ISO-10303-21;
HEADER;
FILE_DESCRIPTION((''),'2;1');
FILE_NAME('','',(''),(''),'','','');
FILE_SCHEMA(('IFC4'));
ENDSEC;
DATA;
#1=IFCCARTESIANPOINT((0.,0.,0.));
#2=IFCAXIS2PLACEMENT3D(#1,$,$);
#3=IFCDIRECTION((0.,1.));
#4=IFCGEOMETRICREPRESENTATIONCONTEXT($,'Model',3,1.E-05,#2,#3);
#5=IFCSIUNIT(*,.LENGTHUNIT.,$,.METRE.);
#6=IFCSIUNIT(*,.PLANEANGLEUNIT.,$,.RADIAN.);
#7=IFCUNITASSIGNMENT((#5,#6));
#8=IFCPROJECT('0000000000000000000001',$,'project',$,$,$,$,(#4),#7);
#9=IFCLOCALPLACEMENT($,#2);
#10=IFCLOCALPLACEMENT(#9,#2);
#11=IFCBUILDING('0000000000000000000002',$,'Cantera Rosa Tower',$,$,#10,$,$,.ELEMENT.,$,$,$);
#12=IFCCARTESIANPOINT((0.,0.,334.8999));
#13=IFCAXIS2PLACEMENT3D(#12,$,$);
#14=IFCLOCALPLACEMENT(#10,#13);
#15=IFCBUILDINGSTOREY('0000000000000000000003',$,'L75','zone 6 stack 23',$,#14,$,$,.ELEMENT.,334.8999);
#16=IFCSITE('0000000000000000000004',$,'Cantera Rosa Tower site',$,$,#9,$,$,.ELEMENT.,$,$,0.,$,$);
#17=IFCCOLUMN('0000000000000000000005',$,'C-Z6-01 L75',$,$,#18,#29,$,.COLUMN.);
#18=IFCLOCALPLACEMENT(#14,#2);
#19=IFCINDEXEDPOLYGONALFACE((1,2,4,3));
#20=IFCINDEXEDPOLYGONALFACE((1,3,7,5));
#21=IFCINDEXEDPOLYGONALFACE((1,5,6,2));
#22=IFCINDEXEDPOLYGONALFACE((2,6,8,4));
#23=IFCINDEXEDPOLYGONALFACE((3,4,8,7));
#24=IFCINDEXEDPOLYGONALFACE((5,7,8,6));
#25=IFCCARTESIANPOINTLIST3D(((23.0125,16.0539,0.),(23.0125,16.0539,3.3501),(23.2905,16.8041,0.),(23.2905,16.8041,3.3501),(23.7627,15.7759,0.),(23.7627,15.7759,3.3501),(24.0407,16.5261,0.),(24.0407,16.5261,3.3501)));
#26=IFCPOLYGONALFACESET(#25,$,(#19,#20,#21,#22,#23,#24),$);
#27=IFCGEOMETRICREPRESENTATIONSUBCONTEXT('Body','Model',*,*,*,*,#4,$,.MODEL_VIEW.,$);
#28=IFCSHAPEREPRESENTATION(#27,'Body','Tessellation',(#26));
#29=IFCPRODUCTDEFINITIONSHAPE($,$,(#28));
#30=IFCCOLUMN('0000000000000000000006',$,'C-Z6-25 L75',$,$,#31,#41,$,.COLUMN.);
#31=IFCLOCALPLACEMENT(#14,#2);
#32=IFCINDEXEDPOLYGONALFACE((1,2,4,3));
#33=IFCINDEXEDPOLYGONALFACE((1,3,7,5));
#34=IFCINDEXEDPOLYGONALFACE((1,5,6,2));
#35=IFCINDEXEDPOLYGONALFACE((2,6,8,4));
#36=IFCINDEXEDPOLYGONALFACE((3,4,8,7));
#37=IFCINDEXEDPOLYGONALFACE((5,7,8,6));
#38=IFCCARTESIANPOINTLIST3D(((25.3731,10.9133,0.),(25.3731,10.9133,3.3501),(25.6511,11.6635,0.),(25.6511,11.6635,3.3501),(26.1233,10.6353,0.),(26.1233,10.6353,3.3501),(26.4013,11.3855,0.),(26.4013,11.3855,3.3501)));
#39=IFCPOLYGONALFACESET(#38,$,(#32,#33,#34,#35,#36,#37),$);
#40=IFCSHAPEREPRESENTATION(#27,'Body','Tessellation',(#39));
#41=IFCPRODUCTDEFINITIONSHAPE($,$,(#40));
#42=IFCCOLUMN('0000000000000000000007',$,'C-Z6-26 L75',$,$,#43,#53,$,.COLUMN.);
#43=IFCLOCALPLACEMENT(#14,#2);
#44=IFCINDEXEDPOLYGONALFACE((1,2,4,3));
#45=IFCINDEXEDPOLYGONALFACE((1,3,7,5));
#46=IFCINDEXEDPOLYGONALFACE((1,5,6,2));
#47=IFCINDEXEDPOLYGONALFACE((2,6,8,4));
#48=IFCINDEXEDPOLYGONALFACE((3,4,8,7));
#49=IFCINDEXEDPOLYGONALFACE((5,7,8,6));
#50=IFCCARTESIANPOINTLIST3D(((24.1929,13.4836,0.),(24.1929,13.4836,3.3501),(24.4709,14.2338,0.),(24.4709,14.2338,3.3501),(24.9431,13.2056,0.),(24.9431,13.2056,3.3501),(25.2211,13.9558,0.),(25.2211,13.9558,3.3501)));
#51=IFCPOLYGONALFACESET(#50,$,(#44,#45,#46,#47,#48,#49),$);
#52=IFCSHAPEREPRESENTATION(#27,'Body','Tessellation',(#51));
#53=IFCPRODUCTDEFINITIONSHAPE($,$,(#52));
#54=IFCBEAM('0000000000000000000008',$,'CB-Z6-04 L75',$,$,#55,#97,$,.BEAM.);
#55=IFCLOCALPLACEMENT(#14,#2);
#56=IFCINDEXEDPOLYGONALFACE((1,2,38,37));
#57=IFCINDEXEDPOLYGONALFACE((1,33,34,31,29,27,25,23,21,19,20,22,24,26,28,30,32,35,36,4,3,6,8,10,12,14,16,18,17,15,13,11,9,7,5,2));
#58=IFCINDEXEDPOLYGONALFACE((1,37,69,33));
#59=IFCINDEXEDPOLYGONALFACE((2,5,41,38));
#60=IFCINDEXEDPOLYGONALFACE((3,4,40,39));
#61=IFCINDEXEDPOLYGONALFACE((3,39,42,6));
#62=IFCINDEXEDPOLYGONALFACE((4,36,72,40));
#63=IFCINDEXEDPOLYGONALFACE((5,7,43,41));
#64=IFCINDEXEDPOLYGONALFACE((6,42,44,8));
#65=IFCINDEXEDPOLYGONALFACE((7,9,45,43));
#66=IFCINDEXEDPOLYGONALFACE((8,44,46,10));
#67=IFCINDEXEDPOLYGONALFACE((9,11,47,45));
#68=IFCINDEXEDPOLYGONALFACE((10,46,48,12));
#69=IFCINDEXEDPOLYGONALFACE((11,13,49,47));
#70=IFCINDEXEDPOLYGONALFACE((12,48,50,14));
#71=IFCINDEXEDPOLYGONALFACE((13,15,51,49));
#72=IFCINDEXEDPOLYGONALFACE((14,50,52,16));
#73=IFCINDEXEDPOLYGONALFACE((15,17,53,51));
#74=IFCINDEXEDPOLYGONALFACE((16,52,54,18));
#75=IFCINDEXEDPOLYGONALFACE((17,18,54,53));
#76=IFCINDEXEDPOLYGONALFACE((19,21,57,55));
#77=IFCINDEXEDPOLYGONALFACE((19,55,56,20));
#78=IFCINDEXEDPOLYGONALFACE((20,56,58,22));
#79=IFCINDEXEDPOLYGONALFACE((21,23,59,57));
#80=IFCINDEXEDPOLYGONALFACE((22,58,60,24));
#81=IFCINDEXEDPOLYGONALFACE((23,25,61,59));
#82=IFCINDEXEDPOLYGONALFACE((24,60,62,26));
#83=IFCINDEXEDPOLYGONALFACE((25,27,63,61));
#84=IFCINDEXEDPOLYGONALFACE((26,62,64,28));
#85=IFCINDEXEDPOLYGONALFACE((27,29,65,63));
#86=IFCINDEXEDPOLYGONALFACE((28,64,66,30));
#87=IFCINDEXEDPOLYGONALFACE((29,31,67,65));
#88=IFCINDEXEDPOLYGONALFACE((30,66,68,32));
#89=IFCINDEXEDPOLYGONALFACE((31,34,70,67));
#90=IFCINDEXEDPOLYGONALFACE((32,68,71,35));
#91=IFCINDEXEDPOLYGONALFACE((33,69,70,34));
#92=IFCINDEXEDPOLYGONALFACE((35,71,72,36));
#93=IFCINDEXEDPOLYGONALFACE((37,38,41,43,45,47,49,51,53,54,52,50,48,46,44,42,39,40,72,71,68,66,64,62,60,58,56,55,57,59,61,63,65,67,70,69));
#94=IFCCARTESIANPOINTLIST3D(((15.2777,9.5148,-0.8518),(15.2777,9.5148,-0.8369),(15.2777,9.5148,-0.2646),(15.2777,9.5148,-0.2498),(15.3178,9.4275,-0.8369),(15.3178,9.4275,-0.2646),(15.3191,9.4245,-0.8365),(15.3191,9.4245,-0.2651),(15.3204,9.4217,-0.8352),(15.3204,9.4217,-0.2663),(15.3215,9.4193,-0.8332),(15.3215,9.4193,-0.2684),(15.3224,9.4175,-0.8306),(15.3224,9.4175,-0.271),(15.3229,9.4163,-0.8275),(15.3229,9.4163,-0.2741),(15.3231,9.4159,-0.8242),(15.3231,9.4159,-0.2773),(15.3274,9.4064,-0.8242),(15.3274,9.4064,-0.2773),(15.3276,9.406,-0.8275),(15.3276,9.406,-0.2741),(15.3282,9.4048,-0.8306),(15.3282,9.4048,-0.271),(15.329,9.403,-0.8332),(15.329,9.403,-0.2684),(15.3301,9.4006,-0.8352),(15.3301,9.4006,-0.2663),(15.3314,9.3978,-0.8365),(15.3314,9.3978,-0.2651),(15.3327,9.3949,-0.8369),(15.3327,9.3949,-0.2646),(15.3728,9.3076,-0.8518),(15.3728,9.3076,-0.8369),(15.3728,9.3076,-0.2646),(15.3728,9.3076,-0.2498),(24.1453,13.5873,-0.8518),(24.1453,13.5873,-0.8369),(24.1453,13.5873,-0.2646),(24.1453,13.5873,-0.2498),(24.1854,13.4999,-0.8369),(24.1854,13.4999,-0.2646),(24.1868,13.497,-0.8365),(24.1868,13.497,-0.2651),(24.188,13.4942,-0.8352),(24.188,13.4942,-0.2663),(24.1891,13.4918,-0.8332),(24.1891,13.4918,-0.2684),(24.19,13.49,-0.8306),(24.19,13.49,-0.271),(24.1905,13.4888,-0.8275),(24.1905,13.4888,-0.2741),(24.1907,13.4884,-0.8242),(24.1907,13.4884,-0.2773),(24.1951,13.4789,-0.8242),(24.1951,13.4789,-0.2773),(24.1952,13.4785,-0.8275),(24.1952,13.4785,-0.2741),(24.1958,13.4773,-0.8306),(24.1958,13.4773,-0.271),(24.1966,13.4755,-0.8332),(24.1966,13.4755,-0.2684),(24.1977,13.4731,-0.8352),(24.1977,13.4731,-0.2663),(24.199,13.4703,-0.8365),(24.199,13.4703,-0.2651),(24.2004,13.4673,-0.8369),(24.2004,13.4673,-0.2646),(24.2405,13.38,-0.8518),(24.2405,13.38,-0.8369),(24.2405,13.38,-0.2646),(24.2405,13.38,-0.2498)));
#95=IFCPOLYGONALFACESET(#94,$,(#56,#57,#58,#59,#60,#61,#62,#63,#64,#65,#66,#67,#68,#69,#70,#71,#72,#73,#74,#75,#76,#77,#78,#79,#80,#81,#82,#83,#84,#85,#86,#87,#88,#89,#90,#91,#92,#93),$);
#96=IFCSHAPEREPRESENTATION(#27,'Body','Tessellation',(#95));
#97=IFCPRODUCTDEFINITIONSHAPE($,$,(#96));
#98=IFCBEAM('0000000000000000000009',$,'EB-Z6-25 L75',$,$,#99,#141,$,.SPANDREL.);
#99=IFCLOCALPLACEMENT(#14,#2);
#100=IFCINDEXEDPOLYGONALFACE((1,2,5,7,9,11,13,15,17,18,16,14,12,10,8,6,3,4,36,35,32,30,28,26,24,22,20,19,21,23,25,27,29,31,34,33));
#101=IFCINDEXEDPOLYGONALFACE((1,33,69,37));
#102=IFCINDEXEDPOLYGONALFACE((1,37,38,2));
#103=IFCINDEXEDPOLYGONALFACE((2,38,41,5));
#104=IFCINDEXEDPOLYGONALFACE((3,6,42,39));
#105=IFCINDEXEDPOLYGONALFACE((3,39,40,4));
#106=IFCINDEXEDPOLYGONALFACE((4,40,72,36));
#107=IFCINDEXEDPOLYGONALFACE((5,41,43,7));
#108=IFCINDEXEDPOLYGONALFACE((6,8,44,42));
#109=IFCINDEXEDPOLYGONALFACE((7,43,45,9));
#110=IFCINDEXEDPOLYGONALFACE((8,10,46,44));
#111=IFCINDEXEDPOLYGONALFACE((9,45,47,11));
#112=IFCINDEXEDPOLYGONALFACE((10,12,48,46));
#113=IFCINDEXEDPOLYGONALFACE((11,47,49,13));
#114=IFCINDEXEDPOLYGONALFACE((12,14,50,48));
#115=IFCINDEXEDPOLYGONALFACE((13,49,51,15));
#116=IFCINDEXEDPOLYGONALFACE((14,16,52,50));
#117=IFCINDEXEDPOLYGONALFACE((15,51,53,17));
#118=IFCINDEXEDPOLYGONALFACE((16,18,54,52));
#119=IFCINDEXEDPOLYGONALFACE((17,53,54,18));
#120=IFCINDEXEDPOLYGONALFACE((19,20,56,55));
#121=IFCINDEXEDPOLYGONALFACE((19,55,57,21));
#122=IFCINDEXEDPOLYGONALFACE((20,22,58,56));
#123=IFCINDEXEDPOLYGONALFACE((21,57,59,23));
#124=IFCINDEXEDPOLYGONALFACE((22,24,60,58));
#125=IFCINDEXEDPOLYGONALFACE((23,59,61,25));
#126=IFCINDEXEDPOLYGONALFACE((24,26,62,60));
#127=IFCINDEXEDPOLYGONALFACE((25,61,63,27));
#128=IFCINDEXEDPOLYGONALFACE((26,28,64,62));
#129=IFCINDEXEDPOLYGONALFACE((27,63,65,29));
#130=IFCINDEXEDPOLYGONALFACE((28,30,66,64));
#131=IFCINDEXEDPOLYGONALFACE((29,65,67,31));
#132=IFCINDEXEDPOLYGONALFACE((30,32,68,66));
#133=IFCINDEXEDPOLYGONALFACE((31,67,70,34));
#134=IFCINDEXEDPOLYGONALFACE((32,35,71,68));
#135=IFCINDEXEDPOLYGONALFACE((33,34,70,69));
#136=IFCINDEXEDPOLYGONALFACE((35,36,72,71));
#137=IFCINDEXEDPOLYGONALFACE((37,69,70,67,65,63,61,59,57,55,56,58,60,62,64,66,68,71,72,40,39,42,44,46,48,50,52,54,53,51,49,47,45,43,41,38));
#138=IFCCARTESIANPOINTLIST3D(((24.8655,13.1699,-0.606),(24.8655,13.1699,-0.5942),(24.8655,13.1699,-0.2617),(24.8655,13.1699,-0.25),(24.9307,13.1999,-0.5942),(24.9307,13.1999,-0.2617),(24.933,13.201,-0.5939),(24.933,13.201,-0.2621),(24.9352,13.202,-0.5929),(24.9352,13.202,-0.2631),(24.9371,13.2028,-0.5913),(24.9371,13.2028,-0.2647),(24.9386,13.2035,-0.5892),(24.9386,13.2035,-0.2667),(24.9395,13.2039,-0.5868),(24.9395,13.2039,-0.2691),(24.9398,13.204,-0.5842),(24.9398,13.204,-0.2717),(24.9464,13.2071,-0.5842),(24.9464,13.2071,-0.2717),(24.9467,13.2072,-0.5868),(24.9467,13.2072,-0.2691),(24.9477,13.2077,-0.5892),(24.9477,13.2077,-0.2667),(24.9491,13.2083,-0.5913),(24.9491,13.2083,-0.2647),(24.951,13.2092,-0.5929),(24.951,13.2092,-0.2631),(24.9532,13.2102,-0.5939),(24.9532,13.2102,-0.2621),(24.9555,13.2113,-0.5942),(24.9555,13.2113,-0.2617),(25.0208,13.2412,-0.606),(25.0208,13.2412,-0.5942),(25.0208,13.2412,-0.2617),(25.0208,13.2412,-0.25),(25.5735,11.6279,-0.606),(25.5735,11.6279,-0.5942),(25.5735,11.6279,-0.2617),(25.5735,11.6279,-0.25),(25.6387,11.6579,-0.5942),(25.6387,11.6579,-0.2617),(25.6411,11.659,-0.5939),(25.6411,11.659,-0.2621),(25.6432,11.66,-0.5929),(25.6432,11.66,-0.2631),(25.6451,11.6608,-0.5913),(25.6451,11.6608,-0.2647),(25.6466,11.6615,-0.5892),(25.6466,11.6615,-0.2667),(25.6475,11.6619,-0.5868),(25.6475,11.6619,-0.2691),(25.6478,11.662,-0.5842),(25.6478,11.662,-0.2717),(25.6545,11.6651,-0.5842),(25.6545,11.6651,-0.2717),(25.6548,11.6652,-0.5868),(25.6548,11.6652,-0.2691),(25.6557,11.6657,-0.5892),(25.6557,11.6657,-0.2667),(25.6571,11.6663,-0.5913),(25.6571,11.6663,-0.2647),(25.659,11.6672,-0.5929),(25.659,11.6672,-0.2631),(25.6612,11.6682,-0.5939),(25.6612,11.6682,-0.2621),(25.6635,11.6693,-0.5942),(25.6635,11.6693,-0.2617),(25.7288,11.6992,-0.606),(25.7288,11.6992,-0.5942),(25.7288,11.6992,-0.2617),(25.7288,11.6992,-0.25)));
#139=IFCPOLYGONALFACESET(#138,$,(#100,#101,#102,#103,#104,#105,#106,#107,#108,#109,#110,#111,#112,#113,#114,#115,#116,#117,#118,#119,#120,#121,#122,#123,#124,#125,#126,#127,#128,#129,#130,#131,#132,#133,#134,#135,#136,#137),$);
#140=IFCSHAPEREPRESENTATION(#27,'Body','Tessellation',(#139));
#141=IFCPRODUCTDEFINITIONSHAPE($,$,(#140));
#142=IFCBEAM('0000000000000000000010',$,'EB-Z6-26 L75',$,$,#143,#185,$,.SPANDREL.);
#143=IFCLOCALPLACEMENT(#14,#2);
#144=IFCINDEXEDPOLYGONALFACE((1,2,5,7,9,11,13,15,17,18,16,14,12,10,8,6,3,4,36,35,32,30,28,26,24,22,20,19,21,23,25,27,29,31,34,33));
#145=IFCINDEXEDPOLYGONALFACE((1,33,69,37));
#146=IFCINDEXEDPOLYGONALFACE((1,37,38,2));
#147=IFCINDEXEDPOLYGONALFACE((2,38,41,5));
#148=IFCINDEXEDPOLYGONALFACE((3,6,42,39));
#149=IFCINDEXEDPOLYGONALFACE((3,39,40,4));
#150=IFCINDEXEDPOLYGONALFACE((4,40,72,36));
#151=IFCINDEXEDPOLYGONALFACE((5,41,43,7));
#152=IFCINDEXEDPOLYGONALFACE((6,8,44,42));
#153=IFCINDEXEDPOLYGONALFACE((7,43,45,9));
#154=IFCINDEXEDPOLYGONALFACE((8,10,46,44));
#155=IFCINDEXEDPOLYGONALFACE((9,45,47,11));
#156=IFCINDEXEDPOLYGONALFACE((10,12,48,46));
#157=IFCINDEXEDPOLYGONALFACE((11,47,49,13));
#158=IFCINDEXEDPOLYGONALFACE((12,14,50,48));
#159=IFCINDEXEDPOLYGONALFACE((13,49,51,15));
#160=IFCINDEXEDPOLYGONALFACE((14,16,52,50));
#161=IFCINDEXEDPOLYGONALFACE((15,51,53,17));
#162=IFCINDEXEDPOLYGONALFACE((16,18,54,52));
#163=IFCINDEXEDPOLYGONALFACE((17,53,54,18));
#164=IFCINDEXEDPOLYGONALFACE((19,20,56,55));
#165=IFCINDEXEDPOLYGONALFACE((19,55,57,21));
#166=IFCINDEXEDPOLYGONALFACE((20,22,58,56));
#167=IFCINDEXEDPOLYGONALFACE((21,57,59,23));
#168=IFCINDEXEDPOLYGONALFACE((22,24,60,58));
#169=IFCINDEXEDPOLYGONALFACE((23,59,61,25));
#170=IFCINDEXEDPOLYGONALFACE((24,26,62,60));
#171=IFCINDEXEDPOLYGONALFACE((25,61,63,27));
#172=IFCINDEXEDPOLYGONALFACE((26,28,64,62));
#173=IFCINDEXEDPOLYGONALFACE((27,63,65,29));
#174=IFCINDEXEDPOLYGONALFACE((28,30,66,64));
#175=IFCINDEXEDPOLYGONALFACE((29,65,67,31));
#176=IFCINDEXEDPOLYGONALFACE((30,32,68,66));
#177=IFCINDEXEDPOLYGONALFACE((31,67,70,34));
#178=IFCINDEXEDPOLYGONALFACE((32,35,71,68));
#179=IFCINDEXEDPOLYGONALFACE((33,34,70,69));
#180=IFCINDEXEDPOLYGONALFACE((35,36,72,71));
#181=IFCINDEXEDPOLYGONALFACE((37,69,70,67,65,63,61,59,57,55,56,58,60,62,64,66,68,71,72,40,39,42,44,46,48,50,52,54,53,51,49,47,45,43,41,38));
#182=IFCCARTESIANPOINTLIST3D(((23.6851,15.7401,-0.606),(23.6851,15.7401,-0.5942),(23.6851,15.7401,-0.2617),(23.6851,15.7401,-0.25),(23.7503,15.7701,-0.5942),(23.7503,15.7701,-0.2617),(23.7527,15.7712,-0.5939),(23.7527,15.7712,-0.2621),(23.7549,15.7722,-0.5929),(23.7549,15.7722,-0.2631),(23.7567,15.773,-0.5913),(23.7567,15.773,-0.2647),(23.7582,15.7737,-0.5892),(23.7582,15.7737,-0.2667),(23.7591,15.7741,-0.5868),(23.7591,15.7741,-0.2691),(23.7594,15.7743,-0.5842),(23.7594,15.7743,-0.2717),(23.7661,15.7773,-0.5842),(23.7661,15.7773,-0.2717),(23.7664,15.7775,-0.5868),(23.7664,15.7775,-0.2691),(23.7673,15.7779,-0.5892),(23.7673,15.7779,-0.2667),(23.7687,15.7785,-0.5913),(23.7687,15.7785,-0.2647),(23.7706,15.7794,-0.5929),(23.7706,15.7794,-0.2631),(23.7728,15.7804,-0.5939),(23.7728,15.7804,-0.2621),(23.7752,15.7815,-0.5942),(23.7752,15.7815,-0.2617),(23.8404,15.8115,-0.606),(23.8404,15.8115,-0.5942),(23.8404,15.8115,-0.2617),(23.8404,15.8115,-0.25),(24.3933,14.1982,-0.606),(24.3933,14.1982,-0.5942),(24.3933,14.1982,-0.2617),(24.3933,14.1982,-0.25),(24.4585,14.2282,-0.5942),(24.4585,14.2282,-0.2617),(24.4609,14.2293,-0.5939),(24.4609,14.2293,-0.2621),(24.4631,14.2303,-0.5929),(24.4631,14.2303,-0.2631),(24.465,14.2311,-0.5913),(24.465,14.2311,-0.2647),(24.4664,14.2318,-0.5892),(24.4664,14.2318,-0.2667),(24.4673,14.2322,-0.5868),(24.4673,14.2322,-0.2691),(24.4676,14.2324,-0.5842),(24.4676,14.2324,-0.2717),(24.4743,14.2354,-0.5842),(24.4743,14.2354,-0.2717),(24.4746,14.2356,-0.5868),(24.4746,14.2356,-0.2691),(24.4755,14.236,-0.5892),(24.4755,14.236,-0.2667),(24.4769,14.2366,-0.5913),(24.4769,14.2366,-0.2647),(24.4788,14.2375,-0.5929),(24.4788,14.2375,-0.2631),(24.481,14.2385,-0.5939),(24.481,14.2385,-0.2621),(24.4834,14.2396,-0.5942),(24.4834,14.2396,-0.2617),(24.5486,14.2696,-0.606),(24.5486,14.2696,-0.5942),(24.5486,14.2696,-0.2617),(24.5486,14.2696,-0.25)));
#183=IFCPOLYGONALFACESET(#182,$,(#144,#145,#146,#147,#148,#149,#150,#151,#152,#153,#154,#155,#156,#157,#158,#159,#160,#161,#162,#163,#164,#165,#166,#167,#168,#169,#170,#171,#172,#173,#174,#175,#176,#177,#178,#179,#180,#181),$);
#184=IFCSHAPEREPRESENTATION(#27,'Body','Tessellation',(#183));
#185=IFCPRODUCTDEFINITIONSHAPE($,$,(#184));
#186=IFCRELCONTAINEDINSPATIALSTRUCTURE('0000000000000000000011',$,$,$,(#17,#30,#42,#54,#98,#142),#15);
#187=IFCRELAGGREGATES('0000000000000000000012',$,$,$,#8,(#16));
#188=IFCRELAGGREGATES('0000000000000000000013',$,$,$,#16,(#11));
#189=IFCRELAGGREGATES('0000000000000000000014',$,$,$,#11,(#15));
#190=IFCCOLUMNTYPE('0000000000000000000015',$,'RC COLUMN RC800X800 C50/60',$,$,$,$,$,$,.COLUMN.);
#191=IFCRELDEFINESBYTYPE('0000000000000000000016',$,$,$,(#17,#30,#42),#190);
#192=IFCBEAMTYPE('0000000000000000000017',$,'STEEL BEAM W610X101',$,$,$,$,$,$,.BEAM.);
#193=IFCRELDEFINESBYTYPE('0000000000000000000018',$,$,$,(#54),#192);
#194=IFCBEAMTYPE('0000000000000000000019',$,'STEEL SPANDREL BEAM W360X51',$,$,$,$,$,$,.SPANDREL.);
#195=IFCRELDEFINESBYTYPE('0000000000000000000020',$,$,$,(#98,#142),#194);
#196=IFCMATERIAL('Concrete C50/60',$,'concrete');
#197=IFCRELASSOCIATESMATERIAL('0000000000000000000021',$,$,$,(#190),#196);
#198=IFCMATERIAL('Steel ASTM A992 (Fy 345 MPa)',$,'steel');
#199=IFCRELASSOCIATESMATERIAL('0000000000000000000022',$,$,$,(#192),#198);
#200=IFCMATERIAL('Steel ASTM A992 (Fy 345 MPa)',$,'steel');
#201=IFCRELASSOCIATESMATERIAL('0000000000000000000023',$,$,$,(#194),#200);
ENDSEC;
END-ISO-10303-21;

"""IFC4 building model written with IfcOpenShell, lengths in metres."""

from ifc_helpers import new_model, si_unit, direction, frame, origin, origin_2d, place, context, subcontext, project, spatial, rectangle, i_section, extrude, material, material_profile, profile_set, type_object, element, save


model = new_model("IFC4")

# Units and contexts
model_context = context("Model", 3, precision=1e-05, world=origin(), true_north=direction((0.0, 1.0)))
body_context = subcontext(model_context, "Body", "Model", "MODEL_VIEW")
ifc_project = project(units=[si_unit("LENGTHUNIT", "METRE"), si_unit("PLANEANGLEUNIT", "RADIAN")], contexts=[model_context])

# Site, building, storey
site_placement = place(None, origin())
site = spatial("IfcSite", under=ifc_project, at=site_placement, Name="Cantera Rosa Tower site", CompositionType="ELEMENT", RefElevation=0.0)
building_placement = place(site_placement, origin())
building = spatial("IfcBuilding", under=site, at=building_placement, Name="Cantera Rosa Tower", CompositionType="ELEMENT")
storey_placement = place(building_placement, frame((0.0, 0.0, 334.8999)))
storey = spatial("IfcBuildingStorey", under=building, at=storey_placement, Name="L75", Description="zone 6 stack 23", CompositionType="ELEMENT", Elevation=334.8999)

# Columns
ifc_material_1 = material(Name="Concrete C50/60", Category="concrete")
ifc_material_profile_1 = material_profile(ifc_material_1, rectangle(XDim=0.8, YDim=0.8, at=origin_2d()), Name="RC COLUMN RC800X800 C50/60")
ifc_profile_set_1 = profile_set([ifc_material_profile_1], Name="Concrete C50/60")
column_type = type_object("IfcColumnType", Name="RC COLUMN RC800X800 C50/60", PredefinedType="COLUMN", material=ifc_profile_set_1)
for number, where, z_axis, x_axis, name in (
    (1, (23.5266, 16.29, 0.0), (0.0, 0.0, 1.0), (0.347481, 0.937687, 0.0), "C-Z6-01 L75"),
    (2, (25.8872, 11.1494, 0.0), (0.0, 0.0, 1.0), (0.347481, 0.937687, 0.0), "C-Z6-25 L75"),
    (3, (24.707, 13.7197, 0.0), (0.0, 0.0, 1.0), (0.347481, 0.937687, 0.0), "C-Z6-26 L75"),
):
    element("IfcColumn", number, at=place(storey_placement, frame(where, z_axis=z_axis, x_axis=x_axis)), inside=storey, type_object=column_type, Name=name, PredefinedType="COLUMN", context=body_context, shape_type="SweptSolid", body=[
        extrude(rectangle(XDim=0.8, YDim=0.8, at=origin_2d()), origin(), (0.0, 0.0, 1.0), 3.3501),
    ])

# Beams
ifc_material_2 = material(Name="Steel ASTM A992 (Fy 345 MPa)", Category="steel")
ifc_material_profile_2 = material_profile(ifc_material_2, i_section(OverallWidth=0.228, OverallDepth=0.6021, WebThickness=0.0105, FlangeThickness=0.0149, FilletRadius=0.0127, at=origin_2d()), Name="W610X101")
ifc_profile_set_2 = profile_set([ifc_material_profile_2], Name="Steel ASTM A992 (Fy 345 MPa)")
beam_type_1 = type_object("IfcBeamType", Name="STEEL BEAM W610X101", PredefinedType="BEAM", material=ifc_profile_set_2)
beam_1_placement = place(storey_placement, frame((24.1929, 13.4836, -0.5508), z_axis=(-0.908748, -0.417346, 0.0), x_axis=(0.417346, -0.908748, 0.0)))
element("IfcBeam", 4, at=beam_1_placement, inside=storey, type_object=beam_type_1, Name="CB-Z6-04 L75", PredefinedType="BEAM", context=body_context, shape_type="SweptSolid", body=[
    extrude(i_section(OverallWidth=0.228, OverallDepth=0.6021, WebThickness=0.0105, FlangeThickness=0.0149, FilletRadius=0.0127, at=origin_2d()), origin(), (0.0, 0.0, 1.0), 9.7581),
])
ifc_material_3 = material(Name="Steel ASTM A992 (Fy 345 MPa)", Category="steel")
ifc_material_profile_3 = material_profile(ifc_material_3, i_section(OverallWidth=0.1709, OverallDepth=0.356, WebThickness=0.0073, FlangeThickness=0.0117, FilletRadius=0.01, at=origin_2d()), Name="W360X51")
ifc_profile_set_3 = profile_set([ifc_material_profile_3], Name="Steel ASTM A992 (Fy 345 MPa)")
beam_type_2 = type_object("IfcBeamType", Name="STEEL SPANDREL BEAM W360X51", PredefinedType="SPANDREL", material=ifc_profile_set_3)
for number, where, z_axis, x_axis, name in (
    (5, (25.6511, 11.6636, -0.428), (-0.417269, 0.908783, 0.0), (-0.908783, -0.417269, 0.0), "EB-Z6-25 L75"),
    (6, (24.4709, 14.2339, -0.428), (-0.417388, 0.908728, 0.0), (-0.908728, -0.417388, 0.0), "EB-Z6-26 L75"),
):
    element("IfcBeam", number, at=place(storey_placement, frame(where, z_axis=z_axis, x_axis=x_axis)), inside=storey, type_object=beam_type_2, Name=name, PredefinedType="SPANDREL", context=body_context, shape_type="SweptSolid", body=[
        extrude(i_section(OverallWidth=0.1709, OverallDepth=0.356, WebThickness=0.0073, FlangeThickness=0.0117, FilletRadius=0.01, at=origin_2d()), origin(), (0.0, 0.0, 1.0), 1.6968),
    ])

save(model, "model.ifc")
